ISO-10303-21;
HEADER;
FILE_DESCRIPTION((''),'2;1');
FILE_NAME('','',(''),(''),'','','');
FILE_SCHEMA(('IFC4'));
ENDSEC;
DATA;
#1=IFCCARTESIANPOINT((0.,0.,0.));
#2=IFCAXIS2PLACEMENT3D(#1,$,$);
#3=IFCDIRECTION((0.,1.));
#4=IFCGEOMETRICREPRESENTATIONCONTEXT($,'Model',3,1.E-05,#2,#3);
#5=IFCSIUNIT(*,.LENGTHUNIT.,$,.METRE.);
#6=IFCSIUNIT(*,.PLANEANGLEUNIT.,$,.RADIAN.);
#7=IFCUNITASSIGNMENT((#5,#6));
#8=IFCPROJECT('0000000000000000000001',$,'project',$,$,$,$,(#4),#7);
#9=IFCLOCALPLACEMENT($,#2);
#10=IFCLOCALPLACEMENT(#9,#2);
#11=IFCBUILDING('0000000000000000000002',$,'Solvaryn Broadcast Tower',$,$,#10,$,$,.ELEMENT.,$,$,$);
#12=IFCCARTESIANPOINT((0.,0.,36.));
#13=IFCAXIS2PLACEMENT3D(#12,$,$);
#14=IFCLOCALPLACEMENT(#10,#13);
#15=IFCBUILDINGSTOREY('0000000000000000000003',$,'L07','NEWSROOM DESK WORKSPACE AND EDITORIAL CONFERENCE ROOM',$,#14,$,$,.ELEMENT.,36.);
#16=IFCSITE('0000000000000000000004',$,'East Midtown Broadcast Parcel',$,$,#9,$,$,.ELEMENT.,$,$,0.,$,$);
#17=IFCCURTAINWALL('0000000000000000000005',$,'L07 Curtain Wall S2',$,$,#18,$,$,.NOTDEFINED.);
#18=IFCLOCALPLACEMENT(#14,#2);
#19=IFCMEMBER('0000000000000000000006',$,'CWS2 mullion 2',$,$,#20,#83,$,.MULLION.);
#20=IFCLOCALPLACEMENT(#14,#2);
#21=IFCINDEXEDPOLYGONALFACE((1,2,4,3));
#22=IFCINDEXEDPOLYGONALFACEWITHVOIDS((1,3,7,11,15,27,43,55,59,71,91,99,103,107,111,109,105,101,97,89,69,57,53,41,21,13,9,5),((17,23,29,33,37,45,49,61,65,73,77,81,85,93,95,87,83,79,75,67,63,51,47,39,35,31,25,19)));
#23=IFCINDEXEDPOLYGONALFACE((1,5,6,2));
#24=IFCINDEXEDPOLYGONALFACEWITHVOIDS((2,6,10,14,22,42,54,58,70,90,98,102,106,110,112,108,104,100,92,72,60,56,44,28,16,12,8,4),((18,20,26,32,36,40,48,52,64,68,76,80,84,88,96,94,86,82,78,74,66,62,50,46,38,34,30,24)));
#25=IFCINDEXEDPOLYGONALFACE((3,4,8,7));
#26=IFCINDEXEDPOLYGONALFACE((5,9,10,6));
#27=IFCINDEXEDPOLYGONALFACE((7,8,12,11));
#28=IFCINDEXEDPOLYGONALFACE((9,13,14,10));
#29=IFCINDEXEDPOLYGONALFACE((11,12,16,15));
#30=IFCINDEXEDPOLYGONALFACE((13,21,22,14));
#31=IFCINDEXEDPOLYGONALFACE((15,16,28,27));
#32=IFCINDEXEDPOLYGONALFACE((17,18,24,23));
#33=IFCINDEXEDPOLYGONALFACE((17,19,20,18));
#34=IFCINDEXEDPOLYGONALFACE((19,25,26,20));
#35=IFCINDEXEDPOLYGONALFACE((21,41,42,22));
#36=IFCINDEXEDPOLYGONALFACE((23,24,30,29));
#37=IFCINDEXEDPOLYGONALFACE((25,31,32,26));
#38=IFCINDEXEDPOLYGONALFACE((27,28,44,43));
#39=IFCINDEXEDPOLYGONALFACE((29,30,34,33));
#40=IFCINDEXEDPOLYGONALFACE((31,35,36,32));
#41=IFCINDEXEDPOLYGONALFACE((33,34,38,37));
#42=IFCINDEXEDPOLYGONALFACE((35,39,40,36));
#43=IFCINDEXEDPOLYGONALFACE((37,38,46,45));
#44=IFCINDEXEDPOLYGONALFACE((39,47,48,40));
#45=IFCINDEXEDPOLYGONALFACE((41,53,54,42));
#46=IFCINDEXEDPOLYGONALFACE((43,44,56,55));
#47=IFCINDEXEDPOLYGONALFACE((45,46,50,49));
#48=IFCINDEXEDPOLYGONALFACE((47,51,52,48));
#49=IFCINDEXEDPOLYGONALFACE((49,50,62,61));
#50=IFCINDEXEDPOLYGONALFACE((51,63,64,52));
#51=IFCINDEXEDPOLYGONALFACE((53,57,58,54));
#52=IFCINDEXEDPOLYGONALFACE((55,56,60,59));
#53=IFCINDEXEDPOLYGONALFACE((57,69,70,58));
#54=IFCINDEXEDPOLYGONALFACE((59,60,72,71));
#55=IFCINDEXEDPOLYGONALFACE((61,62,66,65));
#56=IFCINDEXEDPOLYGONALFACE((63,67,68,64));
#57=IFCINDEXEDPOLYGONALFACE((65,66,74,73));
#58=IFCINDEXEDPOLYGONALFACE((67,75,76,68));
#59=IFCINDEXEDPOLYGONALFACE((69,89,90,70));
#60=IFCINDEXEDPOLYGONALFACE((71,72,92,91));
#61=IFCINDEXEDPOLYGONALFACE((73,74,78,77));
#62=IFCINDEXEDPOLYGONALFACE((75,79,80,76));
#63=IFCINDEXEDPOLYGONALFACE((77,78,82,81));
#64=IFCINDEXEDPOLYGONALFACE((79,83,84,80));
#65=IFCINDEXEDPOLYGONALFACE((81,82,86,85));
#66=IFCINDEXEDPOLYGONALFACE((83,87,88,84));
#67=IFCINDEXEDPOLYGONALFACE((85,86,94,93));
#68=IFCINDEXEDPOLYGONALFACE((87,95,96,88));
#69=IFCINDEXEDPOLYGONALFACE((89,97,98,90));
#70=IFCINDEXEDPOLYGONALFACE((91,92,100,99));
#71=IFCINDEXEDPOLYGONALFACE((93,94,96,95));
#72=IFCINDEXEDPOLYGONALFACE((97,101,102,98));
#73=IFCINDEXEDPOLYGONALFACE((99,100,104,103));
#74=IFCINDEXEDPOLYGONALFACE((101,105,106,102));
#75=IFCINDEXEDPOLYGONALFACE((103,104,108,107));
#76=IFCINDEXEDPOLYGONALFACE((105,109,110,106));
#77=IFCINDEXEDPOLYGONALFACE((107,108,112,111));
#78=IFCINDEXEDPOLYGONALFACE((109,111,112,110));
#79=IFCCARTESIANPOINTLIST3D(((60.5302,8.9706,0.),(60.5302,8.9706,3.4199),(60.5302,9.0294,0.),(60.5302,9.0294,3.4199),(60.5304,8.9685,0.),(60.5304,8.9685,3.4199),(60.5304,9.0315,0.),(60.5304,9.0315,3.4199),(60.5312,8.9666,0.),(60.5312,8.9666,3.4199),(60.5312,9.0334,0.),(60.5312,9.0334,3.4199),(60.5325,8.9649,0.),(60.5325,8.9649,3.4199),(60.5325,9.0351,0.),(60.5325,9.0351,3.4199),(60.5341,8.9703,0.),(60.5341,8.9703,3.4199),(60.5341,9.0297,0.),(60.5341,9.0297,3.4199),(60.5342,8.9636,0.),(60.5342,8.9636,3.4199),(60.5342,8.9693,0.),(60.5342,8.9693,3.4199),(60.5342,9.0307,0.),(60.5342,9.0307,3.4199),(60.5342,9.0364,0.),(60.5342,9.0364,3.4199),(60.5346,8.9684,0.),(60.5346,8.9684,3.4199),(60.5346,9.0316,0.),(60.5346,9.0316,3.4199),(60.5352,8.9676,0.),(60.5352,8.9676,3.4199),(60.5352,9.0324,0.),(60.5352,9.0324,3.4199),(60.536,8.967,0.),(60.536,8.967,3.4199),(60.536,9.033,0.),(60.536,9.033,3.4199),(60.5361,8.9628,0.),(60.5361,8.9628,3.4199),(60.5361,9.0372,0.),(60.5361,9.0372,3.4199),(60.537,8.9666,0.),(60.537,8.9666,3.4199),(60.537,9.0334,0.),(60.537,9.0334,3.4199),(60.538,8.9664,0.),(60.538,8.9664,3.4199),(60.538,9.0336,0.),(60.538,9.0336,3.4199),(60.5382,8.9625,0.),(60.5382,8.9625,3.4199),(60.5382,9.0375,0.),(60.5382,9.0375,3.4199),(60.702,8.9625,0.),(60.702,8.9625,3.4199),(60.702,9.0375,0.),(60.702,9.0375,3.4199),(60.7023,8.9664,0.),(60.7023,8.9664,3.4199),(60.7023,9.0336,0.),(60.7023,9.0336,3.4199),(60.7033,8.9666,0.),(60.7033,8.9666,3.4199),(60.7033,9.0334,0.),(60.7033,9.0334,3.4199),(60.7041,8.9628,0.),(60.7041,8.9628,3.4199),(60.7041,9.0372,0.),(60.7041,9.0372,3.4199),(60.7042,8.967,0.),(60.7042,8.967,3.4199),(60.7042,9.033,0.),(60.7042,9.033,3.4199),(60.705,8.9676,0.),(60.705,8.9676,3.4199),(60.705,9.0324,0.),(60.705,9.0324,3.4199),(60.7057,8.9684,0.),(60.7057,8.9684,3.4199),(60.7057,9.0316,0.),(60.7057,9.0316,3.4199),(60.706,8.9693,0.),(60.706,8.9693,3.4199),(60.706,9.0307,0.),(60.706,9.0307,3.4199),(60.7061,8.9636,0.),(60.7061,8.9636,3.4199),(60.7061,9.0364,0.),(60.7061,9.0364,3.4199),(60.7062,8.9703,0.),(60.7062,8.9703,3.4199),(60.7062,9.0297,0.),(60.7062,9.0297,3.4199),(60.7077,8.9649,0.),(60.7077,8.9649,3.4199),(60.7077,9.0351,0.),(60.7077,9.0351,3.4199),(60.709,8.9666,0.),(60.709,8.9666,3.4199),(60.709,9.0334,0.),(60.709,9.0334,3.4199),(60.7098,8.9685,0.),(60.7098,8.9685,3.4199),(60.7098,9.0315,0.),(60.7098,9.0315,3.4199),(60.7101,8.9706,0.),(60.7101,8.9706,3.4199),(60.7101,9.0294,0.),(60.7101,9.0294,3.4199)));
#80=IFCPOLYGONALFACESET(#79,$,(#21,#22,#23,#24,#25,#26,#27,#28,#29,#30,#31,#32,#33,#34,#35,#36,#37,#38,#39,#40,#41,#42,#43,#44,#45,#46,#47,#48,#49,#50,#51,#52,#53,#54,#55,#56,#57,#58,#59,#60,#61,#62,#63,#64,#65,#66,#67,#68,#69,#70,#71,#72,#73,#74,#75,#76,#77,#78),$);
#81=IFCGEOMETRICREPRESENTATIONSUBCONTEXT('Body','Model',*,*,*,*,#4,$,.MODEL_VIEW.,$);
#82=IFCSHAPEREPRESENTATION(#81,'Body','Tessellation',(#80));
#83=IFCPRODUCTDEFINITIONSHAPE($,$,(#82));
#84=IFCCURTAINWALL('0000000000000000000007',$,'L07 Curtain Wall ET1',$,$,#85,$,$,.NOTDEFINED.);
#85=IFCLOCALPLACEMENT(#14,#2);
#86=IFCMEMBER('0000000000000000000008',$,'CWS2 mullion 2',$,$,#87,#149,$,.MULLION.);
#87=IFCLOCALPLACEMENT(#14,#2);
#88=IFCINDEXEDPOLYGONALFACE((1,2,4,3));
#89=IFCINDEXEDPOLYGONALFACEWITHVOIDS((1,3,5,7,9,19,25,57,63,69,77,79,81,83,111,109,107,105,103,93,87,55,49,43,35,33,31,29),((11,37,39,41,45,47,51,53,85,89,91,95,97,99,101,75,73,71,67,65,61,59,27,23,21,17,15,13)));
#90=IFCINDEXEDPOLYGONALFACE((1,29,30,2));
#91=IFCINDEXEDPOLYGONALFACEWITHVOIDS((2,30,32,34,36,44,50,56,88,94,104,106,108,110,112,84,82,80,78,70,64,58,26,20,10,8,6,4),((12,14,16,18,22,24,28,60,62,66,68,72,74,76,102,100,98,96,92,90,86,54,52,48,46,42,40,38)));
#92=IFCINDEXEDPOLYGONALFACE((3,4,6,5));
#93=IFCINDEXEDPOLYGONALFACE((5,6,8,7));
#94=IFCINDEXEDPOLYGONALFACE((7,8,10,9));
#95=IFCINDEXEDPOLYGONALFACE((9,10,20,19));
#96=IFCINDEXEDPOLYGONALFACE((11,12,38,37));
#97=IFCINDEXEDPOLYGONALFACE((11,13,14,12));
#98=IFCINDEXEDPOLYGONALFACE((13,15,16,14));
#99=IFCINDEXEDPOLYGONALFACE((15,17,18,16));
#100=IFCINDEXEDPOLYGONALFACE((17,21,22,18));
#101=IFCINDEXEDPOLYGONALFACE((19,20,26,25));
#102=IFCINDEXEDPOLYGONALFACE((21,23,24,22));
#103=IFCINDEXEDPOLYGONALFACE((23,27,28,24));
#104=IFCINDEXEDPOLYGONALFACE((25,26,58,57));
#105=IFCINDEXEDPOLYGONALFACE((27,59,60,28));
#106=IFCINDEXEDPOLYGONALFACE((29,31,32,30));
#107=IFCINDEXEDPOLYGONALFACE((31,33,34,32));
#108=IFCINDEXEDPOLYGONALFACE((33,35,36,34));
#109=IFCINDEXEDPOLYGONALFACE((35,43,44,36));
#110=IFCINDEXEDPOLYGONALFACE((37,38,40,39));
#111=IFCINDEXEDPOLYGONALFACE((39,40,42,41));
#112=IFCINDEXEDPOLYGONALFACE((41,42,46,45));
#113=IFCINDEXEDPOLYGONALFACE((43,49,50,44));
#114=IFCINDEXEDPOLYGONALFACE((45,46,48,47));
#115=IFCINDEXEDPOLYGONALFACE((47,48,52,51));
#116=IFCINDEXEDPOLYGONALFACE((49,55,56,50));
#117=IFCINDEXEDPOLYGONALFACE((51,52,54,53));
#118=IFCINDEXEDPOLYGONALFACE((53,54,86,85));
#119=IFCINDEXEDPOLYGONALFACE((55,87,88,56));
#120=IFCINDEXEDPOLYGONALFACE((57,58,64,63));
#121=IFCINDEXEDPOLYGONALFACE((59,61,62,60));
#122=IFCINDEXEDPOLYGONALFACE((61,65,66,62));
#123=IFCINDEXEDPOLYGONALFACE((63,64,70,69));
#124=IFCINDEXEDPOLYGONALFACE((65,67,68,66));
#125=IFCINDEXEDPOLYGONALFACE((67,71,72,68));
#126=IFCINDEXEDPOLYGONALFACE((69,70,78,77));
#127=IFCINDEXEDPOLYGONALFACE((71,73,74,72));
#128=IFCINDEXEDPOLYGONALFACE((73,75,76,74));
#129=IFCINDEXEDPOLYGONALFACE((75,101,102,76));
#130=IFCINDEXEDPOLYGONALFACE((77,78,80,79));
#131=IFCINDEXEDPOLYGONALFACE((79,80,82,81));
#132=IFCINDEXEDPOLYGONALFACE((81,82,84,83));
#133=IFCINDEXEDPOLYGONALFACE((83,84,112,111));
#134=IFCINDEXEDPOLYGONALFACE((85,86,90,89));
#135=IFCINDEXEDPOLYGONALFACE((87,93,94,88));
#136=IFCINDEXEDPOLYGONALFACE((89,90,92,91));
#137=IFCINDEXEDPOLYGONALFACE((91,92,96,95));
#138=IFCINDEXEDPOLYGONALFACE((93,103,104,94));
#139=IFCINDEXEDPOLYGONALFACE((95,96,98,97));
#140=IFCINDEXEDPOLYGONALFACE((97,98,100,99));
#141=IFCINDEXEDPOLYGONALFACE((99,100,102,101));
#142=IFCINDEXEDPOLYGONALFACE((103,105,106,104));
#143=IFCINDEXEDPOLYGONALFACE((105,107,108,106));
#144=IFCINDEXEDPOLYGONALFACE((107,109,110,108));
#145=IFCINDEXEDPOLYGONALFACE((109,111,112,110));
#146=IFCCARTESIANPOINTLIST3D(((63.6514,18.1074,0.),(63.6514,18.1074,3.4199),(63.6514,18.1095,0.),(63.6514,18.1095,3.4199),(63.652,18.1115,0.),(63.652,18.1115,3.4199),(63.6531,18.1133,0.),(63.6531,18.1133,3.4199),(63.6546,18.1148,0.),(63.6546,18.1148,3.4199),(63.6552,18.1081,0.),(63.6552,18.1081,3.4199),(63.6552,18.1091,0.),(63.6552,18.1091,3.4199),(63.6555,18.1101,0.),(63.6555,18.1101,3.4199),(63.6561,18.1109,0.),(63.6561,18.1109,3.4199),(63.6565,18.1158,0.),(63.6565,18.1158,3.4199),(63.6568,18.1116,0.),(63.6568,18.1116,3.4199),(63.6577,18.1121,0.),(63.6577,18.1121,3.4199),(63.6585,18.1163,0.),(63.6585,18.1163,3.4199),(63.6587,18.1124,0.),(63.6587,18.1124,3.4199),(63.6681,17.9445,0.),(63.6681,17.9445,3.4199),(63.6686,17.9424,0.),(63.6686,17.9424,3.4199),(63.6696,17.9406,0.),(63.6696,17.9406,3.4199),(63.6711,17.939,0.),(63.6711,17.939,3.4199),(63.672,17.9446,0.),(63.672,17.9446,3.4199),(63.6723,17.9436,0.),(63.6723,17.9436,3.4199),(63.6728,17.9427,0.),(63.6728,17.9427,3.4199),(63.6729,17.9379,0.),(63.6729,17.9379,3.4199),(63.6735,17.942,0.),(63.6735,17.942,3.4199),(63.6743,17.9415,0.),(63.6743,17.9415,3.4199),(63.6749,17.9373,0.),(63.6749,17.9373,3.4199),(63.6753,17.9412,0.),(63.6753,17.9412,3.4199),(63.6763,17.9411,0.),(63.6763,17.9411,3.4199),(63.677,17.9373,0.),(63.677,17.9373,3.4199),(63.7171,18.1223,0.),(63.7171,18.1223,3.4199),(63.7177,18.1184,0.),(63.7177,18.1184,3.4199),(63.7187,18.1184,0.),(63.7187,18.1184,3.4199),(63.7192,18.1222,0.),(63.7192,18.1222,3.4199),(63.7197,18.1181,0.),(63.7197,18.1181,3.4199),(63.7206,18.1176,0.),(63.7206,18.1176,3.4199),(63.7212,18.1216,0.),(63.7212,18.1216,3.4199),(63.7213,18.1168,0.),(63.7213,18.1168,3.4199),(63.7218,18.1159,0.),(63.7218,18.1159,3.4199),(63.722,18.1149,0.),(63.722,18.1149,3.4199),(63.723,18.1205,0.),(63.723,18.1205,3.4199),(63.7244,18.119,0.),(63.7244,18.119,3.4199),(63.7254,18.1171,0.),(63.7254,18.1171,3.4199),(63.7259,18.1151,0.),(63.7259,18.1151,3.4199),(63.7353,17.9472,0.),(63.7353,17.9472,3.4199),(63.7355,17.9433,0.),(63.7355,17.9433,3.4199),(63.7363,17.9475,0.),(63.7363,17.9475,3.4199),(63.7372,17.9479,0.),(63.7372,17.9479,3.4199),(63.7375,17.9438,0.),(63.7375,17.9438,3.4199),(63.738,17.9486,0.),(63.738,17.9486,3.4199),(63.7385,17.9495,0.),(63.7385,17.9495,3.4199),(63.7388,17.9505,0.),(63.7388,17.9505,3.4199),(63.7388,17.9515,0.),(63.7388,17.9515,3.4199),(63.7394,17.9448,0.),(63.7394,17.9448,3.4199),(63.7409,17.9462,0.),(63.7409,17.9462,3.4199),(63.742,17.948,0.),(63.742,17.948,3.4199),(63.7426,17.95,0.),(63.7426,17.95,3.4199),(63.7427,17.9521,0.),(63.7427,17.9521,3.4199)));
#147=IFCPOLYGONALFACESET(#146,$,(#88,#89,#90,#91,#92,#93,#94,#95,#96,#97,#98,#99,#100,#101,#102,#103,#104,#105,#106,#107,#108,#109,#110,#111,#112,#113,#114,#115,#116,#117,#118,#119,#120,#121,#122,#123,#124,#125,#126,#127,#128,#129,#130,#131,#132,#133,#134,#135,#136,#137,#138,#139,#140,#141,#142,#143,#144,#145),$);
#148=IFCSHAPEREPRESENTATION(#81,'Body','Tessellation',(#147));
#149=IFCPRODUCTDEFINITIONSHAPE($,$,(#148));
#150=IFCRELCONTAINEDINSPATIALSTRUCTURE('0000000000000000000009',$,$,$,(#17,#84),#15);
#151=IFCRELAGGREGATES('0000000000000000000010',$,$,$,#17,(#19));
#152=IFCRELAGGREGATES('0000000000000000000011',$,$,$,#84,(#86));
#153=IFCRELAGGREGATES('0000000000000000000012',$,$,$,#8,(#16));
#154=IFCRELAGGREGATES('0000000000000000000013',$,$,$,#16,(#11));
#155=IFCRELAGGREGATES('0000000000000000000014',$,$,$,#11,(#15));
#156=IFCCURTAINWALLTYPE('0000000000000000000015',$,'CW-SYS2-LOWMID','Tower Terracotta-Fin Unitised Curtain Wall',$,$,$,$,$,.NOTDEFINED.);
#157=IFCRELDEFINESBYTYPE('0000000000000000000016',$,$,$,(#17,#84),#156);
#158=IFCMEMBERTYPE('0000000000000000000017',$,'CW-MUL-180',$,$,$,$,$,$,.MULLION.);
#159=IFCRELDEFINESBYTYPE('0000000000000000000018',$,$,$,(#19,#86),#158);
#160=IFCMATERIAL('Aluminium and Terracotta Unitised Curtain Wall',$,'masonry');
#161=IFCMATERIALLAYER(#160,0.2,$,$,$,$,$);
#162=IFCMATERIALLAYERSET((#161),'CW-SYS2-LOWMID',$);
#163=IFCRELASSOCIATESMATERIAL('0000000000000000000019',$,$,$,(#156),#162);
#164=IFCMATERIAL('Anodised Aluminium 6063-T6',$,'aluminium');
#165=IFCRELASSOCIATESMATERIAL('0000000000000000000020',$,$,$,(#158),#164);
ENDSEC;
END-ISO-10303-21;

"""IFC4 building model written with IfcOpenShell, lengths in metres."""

from ifc_helpers import new_model, si_unit, direction, frame, origin, origin_2d, place, context, subcontext, project, spatial, hollow_rectangle, extrude, material, layer, layer_set, material_profile, profile_set, type_object, element, aggregate, save


model = new_model("IFC4")

# Units and contexts
model_context = context("Model", 3, precision=1e-05, world=origin(), true_north=direction((0.0, 1.0)))
body_context = subcontext(model_context, "Body", "Model", "MODEL_VIEW")
ifc_project = project(units=[si_unit("LENGTHUNIT", "METRE"), si_unit("PLANEANGLEUNIT", "RADIAN")], contexts=[model_context])

# Site, building, storey
site_placement = place(None, origin())
site = spatial("IfcSite", under=ifc_project, at=site_placement, Name="East Midtown Broadcast Parcel", CompositionType="ELEMENT", RefElevation=0.0)
building_placement = place(site_placement, origin())
building = spatial("IfcBuilding", under=site, at=building_placement, Name="Solvaryn Broadcast Tower", CompositionType="ELEMENT")
storey_placement = place(building_placement, frame((0.0, 0.0, 36.0)))
storey = spatial("IfcBuildingStorey", under=building, at=storey_placement, Name="L07", Description="NEWSROOM DESK WORKSPACE AND EDITORIAL CONFERENCE ROOM", CompositionType="ELEMENT", Elevation=36.0)

# Curtain walls, members
ifc_material_1 = material(Name="Aluminium and Terracotta Unitised Curtain Wall", Category="masonry")
ifc_layer_1 = layer(ifc_material_1, 0.2)
ifc_layer_set_1 = layer_set([ifc_layer_1], Name="CW-SYS2-LOWMID")
curtain_wall_type = type_object("IfcCurtainWallType", Name="CW-SYS2-LOWMID", Description="Tower Terracotta-Fin Unitised Curtain Wall", PredefinedType="NOTDEFINED", material=ifc_layer_set_1)
curtain_wall_1_placement = place(storey_placement, origin())
curtain_wall_1 = element("IfcCurtainWall", 1, at=curtain_wall_1_placement, inside=storey, type_object=curtain_wall_type, Name="L07 Curtain Wall S2", PredefinedType="NOTDEFINED")
ifc_material_2 = material(Name="Anodised Aluminium 6063-T6", Category="aluminium")
ifc_material_profile_1 = material_profile(ifc_material_2, hollow_rectangle(XDim=0.075, YDim=0.1799, WallThickness=0.0039, InnerFilletRadius=0.0039, OuterFilletRadius=0.0081, at=origin_2d()))
ifc_profile_set_1 = profile_set([ifc_material_profile_1], Name="Anodised Aluminium 6063-T6")
member_type_1 = type_object("IfcMemberType", Name="CW-MUL-180", PredefinedType="MULLION", material=ifc_profile_set_1)
member_1_placement = place(storey_placement, frame((60.6201, 9.0, 0.0), z_axis=(0.0, 0.0, 1.0), x_axis=(0.0, 1.0, 0.0)))
member_1 = element("IfcMember", 2, at=member_1_placement, type_object=member_type_1, Name="CWS2 mullion 2", PredefinedType="MULLION", context=body_context, shape_type="SweptSolid", body=[
    extrude(hollow_rectangle(XDim=0.075, YDim=0.1799, WallThickness=0.0039, InnerFilletRadius=0.0039, OuterFilletRadius=0.0081, at=origin_2d()), origin(), (0.0, 0.0, 1.0), 3.4199),
])
aggregate(curtain_wall_1, [member_1])
curtain_wall_2_placement = place(storey_placement, origin())
curtain_wall_2 = element("IfcCurtainWall", 3, at=curtain_wall_2_placement, inside=storey, type_object=curtain_wall_type, Name="L07 Curtain Wall ET1", PredefinedType="NOTDEFINED")
member_2_placement = place(storey_placement, frame((63.697, 18.0298, 0.0), z_axis=(0.0, 0.0, 1.0), x_axis=(0.994743, 0.1024, 0.0)))
member_2 = element("IfcMember", 4, at=member_2_placement, type_object=member_type_1, Name="CWS2 mullion 2", PredefinedType="MULLION", context=body_context, shape_type="SweptSolid", body=[
    extrude(hollow_rectangle(XDim=0.075, YDim=0.1799, WallThickness=0.0039, InnerFilletRadius=0.0039, OuterFilletRadius=0.0081, at=origin_2d()), origin(), (0.0, 0.0, 1.0), 3.4199),
])
aggregate(curtain_wall_2, [member_2])

save(model, "model.ifc")
